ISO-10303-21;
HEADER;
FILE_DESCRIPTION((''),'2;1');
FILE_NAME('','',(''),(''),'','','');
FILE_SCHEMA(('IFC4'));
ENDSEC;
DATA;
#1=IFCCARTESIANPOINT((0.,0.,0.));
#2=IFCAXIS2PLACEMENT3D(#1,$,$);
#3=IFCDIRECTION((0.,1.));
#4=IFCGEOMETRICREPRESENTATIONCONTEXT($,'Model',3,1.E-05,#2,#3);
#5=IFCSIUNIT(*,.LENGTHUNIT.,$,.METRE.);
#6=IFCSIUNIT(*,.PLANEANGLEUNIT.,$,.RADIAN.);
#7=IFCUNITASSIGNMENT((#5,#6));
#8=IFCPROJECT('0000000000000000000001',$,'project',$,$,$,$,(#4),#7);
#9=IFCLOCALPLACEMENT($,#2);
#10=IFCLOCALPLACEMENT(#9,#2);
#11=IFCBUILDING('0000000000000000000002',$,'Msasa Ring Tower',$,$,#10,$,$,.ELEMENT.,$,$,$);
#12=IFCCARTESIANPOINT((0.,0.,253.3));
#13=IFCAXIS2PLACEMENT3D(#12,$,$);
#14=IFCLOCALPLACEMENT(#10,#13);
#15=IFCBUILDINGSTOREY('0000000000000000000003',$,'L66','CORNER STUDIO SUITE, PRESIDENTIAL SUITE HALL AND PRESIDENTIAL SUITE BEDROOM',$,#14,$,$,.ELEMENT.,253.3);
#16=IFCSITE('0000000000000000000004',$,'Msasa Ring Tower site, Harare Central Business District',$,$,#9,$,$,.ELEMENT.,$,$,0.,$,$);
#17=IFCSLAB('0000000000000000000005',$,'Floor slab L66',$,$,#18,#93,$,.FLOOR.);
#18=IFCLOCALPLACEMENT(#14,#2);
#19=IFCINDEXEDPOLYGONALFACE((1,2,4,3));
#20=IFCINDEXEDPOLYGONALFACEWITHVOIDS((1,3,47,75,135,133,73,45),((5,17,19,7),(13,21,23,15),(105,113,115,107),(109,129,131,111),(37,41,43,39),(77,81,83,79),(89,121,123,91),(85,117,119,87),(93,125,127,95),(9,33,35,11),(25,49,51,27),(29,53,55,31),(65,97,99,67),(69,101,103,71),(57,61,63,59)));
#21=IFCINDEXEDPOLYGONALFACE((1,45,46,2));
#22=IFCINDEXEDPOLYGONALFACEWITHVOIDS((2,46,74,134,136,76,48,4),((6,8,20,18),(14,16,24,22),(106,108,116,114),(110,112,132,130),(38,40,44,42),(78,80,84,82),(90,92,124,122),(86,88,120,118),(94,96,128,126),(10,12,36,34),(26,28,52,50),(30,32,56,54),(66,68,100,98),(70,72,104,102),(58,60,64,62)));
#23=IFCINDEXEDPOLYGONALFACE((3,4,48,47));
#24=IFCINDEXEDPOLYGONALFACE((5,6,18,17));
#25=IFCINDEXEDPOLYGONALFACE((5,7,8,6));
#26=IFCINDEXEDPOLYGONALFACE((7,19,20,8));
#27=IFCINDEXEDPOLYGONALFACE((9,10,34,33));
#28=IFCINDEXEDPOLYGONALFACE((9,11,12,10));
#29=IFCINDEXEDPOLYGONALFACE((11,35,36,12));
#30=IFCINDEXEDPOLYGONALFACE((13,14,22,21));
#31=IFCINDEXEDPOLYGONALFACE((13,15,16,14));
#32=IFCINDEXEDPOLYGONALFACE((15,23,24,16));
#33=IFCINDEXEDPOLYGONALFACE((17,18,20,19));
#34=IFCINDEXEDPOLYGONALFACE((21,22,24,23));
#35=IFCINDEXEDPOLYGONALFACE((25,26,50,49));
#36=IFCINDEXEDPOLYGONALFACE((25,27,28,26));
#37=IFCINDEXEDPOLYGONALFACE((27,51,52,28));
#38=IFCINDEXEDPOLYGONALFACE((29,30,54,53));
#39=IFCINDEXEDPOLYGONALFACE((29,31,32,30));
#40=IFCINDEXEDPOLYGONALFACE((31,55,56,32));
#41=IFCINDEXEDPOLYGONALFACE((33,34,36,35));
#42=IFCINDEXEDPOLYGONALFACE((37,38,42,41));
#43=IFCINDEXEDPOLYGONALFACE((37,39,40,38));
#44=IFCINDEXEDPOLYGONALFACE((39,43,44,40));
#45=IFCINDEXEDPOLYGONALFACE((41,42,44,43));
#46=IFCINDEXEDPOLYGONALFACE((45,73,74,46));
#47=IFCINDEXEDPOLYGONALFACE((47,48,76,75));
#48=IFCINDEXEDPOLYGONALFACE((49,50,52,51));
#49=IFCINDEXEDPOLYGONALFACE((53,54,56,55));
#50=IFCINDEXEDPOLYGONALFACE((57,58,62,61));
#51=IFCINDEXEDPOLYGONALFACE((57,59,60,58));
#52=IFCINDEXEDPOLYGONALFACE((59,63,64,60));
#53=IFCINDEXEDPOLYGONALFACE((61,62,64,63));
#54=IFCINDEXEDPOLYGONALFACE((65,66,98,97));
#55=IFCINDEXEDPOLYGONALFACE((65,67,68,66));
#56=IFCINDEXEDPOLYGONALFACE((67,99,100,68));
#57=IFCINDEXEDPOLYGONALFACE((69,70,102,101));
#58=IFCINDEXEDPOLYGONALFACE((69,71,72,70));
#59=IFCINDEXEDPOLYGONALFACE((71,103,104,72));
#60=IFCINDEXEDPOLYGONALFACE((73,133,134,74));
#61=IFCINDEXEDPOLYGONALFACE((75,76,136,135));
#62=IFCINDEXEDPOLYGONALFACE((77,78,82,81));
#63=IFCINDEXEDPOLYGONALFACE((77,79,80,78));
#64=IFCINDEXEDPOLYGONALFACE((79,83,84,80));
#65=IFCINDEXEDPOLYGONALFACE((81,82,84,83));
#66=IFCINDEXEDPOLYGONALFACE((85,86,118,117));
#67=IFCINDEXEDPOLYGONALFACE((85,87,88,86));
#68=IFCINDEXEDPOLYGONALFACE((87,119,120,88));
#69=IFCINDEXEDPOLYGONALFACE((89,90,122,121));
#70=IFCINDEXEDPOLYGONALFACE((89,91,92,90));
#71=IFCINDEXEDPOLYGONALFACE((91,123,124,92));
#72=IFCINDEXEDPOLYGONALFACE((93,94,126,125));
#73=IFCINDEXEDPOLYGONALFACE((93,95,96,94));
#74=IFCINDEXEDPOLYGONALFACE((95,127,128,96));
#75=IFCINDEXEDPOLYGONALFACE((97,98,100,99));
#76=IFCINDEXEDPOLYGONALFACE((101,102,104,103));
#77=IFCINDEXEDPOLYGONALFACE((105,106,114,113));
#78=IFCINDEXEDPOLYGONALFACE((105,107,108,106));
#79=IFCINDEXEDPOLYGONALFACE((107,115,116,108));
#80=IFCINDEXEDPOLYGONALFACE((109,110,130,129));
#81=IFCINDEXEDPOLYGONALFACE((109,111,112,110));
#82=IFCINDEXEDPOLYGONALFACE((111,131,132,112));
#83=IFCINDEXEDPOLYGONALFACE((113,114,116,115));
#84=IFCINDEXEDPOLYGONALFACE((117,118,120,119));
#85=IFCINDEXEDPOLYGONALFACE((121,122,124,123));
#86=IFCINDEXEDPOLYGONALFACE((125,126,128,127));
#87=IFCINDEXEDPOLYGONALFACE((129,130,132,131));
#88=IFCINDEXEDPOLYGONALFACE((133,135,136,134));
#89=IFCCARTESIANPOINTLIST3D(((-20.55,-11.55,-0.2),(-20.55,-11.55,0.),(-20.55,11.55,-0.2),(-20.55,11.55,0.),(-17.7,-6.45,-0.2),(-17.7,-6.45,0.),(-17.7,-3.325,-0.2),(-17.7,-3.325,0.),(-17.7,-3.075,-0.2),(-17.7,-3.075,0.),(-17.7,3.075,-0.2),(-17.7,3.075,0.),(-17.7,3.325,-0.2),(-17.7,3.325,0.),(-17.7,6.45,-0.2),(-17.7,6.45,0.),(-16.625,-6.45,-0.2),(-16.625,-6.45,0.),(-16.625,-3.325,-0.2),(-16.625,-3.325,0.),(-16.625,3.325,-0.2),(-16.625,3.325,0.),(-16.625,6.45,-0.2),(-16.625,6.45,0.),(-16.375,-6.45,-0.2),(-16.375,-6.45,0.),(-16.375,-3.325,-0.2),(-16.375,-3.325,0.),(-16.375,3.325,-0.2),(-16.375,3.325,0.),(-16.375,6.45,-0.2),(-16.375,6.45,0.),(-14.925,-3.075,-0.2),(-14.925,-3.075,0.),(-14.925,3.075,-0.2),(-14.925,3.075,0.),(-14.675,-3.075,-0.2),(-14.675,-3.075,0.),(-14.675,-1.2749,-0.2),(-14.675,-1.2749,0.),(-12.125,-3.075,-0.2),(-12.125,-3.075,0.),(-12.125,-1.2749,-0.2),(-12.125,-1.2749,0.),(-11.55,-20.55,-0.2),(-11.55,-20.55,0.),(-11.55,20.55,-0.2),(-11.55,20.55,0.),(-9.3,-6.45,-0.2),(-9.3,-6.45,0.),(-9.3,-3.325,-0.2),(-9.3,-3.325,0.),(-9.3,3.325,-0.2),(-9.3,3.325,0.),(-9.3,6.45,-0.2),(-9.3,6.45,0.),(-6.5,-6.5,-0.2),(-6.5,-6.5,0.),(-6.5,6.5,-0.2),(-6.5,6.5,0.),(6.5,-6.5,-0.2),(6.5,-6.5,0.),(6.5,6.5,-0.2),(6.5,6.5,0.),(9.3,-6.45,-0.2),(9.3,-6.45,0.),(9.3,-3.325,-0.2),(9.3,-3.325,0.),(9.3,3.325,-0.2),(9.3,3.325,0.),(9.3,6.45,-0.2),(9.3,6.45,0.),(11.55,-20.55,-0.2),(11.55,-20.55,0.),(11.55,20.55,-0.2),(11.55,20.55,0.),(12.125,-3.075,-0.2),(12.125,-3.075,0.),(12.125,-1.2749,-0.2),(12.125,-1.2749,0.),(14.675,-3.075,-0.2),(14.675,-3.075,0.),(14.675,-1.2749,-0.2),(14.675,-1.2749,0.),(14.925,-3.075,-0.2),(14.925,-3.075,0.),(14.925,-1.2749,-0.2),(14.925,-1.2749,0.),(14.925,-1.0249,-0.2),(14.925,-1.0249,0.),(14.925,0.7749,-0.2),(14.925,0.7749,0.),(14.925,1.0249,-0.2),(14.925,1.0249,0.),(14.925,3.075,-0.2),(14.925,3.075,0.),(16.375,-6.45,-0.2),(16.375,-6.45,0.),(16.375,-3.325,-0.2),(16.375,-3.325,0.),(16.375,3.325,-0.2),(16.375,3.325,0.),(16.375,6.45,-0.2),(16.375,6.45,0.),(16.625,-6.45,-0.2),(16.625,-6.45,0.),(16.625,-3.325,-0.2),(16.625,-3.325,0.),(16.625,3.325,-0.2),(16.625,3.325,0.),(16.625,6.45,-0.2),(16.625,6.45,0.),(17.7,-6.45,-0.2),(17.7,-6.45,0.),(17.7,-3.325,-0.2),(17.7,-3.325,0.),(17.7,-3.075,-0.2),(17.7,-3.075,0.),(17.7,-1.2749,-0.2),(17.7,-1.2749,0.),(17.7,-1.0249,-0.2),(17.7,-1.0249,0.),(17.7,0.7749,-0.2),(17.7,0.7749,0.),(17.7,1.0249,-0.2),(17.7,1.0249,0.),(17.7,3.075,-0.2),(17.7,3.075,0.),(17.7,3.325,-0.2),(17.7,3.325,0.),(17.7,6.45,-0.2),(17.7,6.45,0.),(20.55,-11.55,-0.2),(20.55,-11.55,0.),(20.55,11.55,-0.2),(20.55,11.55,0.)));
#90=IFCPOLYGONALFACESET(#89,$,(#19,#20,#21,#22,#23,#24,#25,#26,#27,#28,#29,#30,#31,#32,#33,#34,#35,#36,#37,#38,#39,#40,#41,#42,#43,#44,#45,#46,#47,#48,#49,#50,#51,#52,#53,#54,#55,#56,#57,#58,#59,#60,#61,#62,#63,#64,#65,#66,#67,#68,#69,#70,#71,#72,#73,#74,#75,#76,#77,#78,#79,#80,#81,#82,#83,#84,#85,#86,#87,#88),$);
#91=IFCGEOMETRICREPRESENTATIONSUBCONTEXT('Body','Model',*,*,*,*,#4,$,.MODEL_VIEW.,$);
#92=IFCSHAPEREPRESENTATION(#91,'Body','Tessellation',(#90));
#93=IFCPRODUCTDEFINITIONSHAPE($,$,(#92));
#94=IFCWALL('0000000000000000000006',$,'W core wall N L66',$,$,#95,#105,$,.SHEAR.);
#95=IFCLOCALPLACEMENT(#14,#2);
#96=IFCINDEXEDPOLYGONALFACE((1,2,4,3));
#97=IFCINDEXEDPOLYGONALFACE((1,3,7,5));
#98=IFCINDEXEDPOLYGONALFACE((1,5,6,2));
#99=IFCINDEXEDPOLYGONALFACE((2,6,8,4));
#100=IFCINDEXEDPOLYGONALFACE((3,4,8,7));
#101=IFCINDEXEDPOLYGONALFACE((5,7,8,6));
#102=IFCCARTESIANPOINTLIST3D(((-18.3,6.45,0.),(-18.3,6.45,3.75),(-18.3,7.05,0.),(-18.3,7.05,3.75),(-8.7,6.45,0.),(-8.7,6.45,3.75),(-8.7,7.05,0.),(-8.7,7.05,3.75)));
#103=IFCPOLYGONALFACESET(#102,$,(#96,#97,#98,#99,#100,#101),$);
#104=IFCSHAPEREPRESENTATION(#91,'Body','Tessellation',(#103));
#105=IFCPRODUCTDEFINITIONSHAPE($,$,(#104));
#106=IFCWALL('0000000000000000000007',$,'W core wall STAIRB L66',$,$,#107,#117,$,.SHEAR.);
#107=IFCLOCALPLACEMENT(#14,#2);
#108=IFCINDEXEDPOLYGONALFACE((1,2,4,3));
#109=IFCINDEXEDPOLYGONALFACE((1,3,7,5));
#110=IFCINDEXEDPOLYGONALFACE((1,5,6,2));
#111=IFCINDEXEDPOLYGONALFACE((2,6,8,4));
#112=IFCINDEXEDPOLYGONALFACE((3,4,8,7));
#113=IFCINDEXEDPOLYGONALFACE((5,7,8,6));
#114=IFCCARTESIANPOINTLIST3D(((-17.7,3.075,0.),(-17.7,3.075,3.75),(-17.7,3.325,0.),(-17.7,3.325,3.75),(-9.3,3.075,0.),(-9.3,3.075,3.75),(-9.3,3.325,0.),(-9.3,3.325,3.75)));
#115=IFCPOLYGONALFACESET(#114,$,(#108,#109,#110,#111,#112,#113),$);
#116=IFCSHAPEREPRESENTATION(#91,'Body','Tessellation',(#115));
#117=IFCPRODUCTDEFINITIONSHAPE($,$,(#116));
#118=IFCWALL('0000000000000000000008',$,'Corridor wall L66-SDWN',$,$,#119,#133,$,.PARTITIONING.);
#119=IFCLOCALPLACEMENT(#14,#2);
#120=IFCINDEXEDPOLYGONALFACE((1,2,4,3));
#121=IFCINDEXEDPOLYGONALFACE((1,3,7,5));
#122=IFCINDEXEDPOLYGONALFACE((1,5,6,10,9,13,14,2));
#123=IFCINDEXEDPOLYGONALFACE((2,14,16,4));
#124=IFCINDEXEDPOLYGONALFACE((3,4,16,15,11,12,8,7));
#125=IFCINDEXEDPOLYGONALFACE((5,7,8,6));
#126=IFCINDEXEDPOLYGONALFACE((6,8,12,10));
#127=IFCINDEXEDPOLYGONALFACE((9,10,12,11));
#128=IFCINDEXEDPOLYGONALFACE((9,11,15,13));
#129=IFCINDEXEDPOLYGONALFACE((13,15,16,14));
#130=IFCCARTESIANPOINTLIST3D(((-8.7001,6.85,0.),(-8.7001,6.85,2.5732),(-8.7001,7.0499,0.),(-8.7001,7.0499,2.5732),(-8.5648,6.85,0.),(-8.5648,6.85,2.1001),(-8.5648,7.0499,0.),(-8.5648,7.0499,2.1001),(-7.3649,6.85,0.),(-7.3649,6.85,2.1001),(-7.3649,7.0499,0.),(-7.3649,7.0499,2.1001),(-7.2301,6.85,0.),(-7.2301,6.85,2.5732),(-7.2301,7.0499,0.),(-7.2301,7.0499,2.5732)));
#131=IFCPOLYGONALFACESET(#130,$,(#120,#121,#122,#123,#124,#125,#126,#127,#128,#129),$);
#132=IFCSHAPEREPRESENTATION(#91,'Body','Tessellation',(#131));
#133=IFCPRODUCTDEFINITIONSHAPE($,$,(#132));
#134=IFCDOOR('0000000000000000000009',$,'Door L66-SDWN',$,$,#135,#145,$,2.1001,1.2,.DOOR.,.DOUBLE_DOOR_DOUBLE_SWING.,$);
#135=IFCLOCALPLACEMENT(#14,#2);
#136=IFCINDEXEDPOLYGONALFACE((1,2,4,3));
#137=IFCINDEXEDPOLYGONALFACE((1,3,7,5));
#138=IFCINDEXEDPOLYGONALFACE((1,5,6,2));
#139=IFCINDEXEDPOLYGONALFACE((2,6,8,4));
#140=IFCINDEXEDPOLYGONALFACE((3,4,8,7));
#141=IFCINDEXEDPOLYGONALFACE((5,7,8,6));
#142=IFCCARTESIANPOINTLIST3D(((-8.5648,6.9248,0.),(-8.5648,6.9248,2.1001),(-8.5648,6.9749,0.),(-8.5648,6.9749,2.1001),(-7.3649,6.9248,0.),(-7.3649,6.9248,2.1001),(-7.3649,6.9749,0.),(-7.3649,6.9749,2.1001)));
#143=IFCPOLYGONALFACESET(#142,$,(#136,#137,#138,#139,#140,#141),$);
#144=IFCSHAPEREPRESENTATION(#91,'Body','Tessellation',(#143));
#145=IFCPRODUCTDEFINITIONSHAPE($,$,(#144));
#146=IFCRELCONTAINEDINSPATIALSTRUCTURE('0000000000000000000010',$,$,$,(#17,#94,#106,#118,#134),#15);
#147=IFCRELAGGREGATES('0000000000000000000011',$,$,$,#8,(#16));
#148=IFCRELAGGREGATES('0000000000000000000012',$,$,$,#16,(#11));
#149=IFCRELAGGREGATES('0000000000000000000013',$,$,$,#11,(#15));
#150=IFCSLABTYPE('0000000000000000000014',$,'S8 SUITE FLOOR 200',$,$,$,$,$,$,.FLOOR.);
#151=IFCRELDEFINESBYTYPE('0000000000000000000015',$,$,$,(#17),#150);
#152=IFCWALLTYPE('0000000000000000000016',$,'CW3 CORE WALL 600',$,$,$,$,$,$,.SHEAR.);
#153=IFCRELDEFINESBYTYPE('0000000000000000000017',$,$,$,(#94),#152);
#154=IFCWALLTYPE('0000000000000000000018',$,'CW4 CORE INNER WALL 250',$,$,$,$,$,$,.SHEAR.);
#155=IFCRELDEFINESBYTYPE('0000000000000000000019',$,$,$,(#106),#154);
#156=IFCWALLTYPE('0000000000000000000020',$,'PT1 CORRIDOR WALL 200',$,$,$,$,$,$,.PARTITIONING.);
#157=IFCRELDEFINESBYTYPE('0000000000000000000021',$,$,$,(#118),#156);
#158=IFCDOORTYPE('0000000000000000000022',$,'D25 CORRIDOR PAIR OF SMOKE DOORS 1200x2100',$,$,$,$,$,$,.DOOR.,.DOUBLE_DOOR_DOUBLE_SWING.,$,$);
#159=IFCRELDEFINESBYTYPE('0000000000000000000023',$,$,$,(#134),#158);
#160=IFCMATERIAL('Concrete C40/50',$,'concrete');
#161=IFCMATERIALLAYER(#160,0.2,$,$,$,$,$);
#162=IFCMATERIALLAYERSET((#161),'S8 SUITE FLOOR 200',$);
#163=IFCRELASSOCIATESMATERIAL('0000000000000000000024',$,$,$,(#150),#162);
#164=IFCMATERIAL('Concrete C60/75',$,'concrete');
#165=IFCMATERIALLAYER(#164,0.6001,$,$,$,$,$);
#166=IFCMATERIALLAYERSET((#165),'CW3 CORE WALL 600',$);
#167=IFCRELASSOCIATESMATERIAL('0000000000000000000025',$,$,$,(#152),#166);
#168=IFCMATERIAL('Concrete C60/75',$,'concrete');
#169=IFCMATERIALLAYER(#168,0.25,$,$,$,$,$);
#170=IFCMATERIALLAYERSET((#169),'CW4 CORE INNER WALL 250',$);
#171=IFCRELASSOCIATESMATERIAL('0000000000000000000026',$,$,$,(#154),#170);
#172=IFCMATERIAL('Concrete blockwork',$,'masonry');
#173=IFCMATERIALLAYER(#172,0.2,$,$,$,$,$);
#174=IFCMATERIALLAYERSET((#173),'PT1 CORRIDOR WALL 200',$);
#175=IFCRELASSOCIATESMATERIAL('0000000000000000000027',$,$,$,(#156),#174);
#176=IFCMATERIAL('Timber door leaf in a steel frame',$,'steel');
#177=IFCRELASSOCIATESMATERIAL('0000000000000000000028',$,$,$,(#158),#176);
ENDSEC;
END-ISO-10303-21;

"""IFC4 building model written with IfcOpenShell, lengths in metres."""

from ifc_helpers import new_model, si_unit, direction, frame, frame_2d, origin, place, context, subcontext, project, spatial, polyline, rectangle, outline, extrude, material, layer, layer_set, type_object, element, fill, save


model = new_model("IFC4")

# Units and contexts
model_context = context("Model", 3, precision=1e-05, world=origin(), true_north=direction((0.0, 1.0)))
body_context = subcontext(model_context, "Body", "Model", "MODEL_VIEW")
ifc_project = project(units=[si_unit("LENGTHUNIT", "METRE"), si_unit("PLANEANGLEUNIT", "RADIAN")], contexts=[model_context])

# Site, building, storey
site_placement = place(None, origin())
site = spatial("IfcSite", under=ifc_project, at=site_placement, Name="Msasa Ring Tower site, Harare Central Business District", CompositionType="ELEMENT", RefElevation=0.0)
building_placement = place(site_placement, origin())
building = spatial("IfcBuilding", under=site, at=building_placement, Name="Msasa Ring Tower", CompositionType="ELEMENT")
storey_placement = place(building_placement, frame((0.0, 0.0, 253.3)))
storey = spatial("IfcBuildingStorey", under=building, at=storey_placement, Name="L66", Description="CORNER STUDIO SUITE, PRESIDENTIAL SUITE HALL AND PRESIDENTIAL SUITE BEDROOM", CompositionType="ELEMENT", Elevation=253.3)

# Slab
ifc_material_1 = material(Name="Concrete C40/50", Category="concrete")
ifc_layer_1 = layer(ifc_material_1, 0.2)
ifc_layer_set_1 = layer_set([ifc_layer_1], Name="S8 SUITE FLOOR 200")
slab_type = type_object("IfcSlabType", Name="S8 SUITE FLOOR 200", PredefinedType="FLOOR", material=ifc_layer_set_1)
slab_placement = place(storey_placement, frame((0.0, 0.0, -0.2)))
element("IfcSlab", 1, at=slab_placement, inside=storey, type_object=slab_type, Name="Floor slab L66", PredefinedType="FLOOR", context=body_context, shape_type="SweptSolid", body=[
    extrude(outline(polyline([(-11.55, -20.55), (11.55, -20.55), (20.55, -11.55), (20.55, 11.55), (11.55, 20.55), (-11.55, 20.55), (-20.55, 11.55), (-20.55, -11.55), (-11.55, -20.55)]), holes=[polyline([(-6.5, -6.5), (6.5, -6.5), (6.5, 6.5), (-6.5, 6.5), (-6.5, -6.5)]), polyline([(9.3, -6.45), (16.375, -6.45), (16.375, -3.325), (9.3, -3.325), (9.3, -6.45)]), polyline([(9.3, 3.325), (16.375, 3.325), (16.375, 6.45), (9.3, 6.45), (9.3, 3.325)]), polyline([(12.125, -3.075), (14.675, -3.075), (14.675, -1.2749), (12.125, -1.2749), (12.125, -3.075)]), polyline([(16.625, -6.45), (17.7, -6.45), (17.7, -3.325), (16.625, -3.325), (16.625, -6.45)]), polyline([(16.625, 3.325), (17.7, 3.325), (17.7, 6.45), (16.625, 6.45), (16.625, 3.325)]), polyline([(14.925, -3.075), (17.7, -3.075), (17.7, -1.2749), (14.925, -1.2749), (14.925, -3.075)]), polyline([(14.925, -1.0249), (17.7, -1.0249), (17.7, 0.7749), (14.925, 0.7749), (14.925, -1.0249)]), polyline([(14.925, 1.0249), (17.7, 1.0249), (17.7, 3.075), (14.925, 3.075), (14.925, 1.0249)]), polyline([(-16.375, -6.45), (-9.3, -6.45), (-9.3, -3.325), (-16.375, -3.325), (-16.375, -6.45)]), polyline([(-16.375, 3.325), (-9.3, 3.325), (-9.3, 6.45), (-16.375, 6.45), (-16.375, 3.325)]), polyline([(-14.675, -3.075), (-12.125, -3.075), (-12.125, -1.2749), (-14.675, -1.2749), (-14.675, -3.075)]), polyline([(-17.7, -6.45), (-16.625, -6.45), (-16.625, -3.325), (-17.7, -3.325), (-17.7, -6.45)]), polyline([(-17.7, 3.325), (-16.625, 3.325), (-16.625, 6.45), (-17.7, 6.45), (-17.7, 3.325)]), polyline([(-17.7, -3.075), (-14.925, -3.075), (-14.925, 3.075), (-17.7, 3.075), (-17.7, -3.075)])]), origin(), (0.0, 0.0, 1.0), 0.2),
])

# Walls
ifc_material_2 = material(Name="Concrete C60/75", Category="concrete")
ifc_layer_2 = layer(ifc_material_2, 0.6001)
ifc_layer_set_2 = layer_set([ifc_layer_2], Name="CW3 CORE WALL 600")
wall_type_1 = type_object("IfcWallType", Name="CW3 CORE WALL 600", PredefinedType="SHEAR", material=ifc_layer_set_2)
wall_1_placement = place(storey_placement, frame((-8.7, 6.75, 0.0), z_axis=(0.0, 0.0, 1.0), x_axis=(-1.0, 0.0, 0.0)))
element("IfcWall", 2, at=wall_1_placement, inside=storey, type_object=wall_type_1, Name="W core wall N L66", PredefinedType="SHEAR", context=body_context, shape_type="SweptSolid", body=[
    extrude(rectangle(XDim=9.6001, YDim=0.6001, at=frame_2d((4.8, 0.0))), origin(), (0.0, 0.0, 1.0), 3.75),
])
ifc_material_3 = material(Name="Concrete C60/75", Category="concrete")
ifc_layer_3 = layer(ifc_material_3, 0.25)
ifc_layer_set_3 = layer_set([ifc_layer_3], Name="CW4 CORE INNER WALL 250")
wall_type_2 = type_object("IfcWallType", Name="CW4 CORE INNER WALL 250", PredefinedType="SHEAR", material=ifc_layer_set_3)
wall_2_placement = place(storey_placement, frame((-9.3, 3.2, 0.0), z_axis=(0.0, 0.0, 1.0), x_axis=(-1.0, 0.0, 0.0)))
element("IfcWall", 3, at=wall_2_placement, inside=storey, type_object=wall_type_2, Name="W core wall STAIRB L66", PredefinedType="SHEAR", context=body_context, shape_type="SweptSolid", body=[
    extrude(rectangle(XDim=8.3999, YDim=0.25, at=frame_2d((4.2, 0.0))), origin(), (0.0, 0.0, 1.0), 3.75),
])

# Wall, opening, door
ifc_material_4 = material(Name="Concrete blockwork", Category="masonry")
ifc_layer_4 = layer(ifc_material_4, 0.2)
ifc_layer_set_4 = layer_set([ifc_layer_4], Name="PT1 CORRIDOR WALL 200")
wall_type_3 = type_object("IfcWallType", Name="PT1 CORRIDOR WALL 200", PredefinedType="PARTITIONING", material=ifc_layer_set_4)
wall_3_placement = place(storey_placement, frame((-8.7, 6.95, 0.0), z_axis=(0.0, 0.0, 1.0), x_axis=(1.0, 0.0, 0.0)))
wall_3 = element("IfcWall", 4, at=wall_3_placement, inside=storey, type_object=wall_type_3, Name="Corridor wall L66-SDWN", PredefinedType="PARTITIONING", context=body_context, shape_type="SweptSolid", body=[
    extrude(rectangle(XDim=1.47, YDim=0.2, at=frame_2d((0.7349, 0.0))), origin(), (0.0, 0.0, 1.0), 2.5732),
])
opening_placement = place(wall_3_placement, frame((0.135, 0.0, 0.0)))
opening = element("IfcOpeningElement", 5, at=opening_placement, cuts=wall_3, PredefinedType="OPENING", context=body_context, shape_type="SweptSolid", body=[
    extrude(rectangle(XDim=1.2, YDim=2.1001, at=frame_2d((0.6001, 1.05))), frame((0.0, 0.1099, 0.0), z_axis=(0.0, -1.0, 0.0), x_axis=(1.0, 0.0, 0.0)), (0.0, 0.0, 1.0), 0.22),
])
ifc_material_5 = material(Name="Timber door leaf in a steel frame", Category="steel")
door_type = type_object("IfcDoorType", Name="D25 CORRIDOR PAIR OF SMOKE DOORS 1200x2100", OperationType="DOUBLE_DOOR_DOUBLE_SWING", PredefinedType="DOOR", material=ifc_material_5)
door_placement = place(opening_placement, origin())
door = element("IfcDoor", 6, at=door_placement, inside=storey, type_object=door_type, Name="Door L66-SDWN", OperationType="DOUBLE_DOOR_DOUBLE_SWING", OverallHeight=2.1001, OverallWidth=1.2, PredefinedType="DOOR", context=body_context, shape_type="SweptSolid", body=[
    extrude(rectangle(XDim=1.2, YDim=2.1001, at=frame_2d((0.6001, 1.05))), frame((0.0, 0.0249, 0.0), z_axis=(0.0, -1.0, 0.0), x_axis=(1.0, 0.0, 0.0)), (0.0, 0.0, 1.0), 0.05),
])
fill(opening, door)

save(model, "model.ifc")
